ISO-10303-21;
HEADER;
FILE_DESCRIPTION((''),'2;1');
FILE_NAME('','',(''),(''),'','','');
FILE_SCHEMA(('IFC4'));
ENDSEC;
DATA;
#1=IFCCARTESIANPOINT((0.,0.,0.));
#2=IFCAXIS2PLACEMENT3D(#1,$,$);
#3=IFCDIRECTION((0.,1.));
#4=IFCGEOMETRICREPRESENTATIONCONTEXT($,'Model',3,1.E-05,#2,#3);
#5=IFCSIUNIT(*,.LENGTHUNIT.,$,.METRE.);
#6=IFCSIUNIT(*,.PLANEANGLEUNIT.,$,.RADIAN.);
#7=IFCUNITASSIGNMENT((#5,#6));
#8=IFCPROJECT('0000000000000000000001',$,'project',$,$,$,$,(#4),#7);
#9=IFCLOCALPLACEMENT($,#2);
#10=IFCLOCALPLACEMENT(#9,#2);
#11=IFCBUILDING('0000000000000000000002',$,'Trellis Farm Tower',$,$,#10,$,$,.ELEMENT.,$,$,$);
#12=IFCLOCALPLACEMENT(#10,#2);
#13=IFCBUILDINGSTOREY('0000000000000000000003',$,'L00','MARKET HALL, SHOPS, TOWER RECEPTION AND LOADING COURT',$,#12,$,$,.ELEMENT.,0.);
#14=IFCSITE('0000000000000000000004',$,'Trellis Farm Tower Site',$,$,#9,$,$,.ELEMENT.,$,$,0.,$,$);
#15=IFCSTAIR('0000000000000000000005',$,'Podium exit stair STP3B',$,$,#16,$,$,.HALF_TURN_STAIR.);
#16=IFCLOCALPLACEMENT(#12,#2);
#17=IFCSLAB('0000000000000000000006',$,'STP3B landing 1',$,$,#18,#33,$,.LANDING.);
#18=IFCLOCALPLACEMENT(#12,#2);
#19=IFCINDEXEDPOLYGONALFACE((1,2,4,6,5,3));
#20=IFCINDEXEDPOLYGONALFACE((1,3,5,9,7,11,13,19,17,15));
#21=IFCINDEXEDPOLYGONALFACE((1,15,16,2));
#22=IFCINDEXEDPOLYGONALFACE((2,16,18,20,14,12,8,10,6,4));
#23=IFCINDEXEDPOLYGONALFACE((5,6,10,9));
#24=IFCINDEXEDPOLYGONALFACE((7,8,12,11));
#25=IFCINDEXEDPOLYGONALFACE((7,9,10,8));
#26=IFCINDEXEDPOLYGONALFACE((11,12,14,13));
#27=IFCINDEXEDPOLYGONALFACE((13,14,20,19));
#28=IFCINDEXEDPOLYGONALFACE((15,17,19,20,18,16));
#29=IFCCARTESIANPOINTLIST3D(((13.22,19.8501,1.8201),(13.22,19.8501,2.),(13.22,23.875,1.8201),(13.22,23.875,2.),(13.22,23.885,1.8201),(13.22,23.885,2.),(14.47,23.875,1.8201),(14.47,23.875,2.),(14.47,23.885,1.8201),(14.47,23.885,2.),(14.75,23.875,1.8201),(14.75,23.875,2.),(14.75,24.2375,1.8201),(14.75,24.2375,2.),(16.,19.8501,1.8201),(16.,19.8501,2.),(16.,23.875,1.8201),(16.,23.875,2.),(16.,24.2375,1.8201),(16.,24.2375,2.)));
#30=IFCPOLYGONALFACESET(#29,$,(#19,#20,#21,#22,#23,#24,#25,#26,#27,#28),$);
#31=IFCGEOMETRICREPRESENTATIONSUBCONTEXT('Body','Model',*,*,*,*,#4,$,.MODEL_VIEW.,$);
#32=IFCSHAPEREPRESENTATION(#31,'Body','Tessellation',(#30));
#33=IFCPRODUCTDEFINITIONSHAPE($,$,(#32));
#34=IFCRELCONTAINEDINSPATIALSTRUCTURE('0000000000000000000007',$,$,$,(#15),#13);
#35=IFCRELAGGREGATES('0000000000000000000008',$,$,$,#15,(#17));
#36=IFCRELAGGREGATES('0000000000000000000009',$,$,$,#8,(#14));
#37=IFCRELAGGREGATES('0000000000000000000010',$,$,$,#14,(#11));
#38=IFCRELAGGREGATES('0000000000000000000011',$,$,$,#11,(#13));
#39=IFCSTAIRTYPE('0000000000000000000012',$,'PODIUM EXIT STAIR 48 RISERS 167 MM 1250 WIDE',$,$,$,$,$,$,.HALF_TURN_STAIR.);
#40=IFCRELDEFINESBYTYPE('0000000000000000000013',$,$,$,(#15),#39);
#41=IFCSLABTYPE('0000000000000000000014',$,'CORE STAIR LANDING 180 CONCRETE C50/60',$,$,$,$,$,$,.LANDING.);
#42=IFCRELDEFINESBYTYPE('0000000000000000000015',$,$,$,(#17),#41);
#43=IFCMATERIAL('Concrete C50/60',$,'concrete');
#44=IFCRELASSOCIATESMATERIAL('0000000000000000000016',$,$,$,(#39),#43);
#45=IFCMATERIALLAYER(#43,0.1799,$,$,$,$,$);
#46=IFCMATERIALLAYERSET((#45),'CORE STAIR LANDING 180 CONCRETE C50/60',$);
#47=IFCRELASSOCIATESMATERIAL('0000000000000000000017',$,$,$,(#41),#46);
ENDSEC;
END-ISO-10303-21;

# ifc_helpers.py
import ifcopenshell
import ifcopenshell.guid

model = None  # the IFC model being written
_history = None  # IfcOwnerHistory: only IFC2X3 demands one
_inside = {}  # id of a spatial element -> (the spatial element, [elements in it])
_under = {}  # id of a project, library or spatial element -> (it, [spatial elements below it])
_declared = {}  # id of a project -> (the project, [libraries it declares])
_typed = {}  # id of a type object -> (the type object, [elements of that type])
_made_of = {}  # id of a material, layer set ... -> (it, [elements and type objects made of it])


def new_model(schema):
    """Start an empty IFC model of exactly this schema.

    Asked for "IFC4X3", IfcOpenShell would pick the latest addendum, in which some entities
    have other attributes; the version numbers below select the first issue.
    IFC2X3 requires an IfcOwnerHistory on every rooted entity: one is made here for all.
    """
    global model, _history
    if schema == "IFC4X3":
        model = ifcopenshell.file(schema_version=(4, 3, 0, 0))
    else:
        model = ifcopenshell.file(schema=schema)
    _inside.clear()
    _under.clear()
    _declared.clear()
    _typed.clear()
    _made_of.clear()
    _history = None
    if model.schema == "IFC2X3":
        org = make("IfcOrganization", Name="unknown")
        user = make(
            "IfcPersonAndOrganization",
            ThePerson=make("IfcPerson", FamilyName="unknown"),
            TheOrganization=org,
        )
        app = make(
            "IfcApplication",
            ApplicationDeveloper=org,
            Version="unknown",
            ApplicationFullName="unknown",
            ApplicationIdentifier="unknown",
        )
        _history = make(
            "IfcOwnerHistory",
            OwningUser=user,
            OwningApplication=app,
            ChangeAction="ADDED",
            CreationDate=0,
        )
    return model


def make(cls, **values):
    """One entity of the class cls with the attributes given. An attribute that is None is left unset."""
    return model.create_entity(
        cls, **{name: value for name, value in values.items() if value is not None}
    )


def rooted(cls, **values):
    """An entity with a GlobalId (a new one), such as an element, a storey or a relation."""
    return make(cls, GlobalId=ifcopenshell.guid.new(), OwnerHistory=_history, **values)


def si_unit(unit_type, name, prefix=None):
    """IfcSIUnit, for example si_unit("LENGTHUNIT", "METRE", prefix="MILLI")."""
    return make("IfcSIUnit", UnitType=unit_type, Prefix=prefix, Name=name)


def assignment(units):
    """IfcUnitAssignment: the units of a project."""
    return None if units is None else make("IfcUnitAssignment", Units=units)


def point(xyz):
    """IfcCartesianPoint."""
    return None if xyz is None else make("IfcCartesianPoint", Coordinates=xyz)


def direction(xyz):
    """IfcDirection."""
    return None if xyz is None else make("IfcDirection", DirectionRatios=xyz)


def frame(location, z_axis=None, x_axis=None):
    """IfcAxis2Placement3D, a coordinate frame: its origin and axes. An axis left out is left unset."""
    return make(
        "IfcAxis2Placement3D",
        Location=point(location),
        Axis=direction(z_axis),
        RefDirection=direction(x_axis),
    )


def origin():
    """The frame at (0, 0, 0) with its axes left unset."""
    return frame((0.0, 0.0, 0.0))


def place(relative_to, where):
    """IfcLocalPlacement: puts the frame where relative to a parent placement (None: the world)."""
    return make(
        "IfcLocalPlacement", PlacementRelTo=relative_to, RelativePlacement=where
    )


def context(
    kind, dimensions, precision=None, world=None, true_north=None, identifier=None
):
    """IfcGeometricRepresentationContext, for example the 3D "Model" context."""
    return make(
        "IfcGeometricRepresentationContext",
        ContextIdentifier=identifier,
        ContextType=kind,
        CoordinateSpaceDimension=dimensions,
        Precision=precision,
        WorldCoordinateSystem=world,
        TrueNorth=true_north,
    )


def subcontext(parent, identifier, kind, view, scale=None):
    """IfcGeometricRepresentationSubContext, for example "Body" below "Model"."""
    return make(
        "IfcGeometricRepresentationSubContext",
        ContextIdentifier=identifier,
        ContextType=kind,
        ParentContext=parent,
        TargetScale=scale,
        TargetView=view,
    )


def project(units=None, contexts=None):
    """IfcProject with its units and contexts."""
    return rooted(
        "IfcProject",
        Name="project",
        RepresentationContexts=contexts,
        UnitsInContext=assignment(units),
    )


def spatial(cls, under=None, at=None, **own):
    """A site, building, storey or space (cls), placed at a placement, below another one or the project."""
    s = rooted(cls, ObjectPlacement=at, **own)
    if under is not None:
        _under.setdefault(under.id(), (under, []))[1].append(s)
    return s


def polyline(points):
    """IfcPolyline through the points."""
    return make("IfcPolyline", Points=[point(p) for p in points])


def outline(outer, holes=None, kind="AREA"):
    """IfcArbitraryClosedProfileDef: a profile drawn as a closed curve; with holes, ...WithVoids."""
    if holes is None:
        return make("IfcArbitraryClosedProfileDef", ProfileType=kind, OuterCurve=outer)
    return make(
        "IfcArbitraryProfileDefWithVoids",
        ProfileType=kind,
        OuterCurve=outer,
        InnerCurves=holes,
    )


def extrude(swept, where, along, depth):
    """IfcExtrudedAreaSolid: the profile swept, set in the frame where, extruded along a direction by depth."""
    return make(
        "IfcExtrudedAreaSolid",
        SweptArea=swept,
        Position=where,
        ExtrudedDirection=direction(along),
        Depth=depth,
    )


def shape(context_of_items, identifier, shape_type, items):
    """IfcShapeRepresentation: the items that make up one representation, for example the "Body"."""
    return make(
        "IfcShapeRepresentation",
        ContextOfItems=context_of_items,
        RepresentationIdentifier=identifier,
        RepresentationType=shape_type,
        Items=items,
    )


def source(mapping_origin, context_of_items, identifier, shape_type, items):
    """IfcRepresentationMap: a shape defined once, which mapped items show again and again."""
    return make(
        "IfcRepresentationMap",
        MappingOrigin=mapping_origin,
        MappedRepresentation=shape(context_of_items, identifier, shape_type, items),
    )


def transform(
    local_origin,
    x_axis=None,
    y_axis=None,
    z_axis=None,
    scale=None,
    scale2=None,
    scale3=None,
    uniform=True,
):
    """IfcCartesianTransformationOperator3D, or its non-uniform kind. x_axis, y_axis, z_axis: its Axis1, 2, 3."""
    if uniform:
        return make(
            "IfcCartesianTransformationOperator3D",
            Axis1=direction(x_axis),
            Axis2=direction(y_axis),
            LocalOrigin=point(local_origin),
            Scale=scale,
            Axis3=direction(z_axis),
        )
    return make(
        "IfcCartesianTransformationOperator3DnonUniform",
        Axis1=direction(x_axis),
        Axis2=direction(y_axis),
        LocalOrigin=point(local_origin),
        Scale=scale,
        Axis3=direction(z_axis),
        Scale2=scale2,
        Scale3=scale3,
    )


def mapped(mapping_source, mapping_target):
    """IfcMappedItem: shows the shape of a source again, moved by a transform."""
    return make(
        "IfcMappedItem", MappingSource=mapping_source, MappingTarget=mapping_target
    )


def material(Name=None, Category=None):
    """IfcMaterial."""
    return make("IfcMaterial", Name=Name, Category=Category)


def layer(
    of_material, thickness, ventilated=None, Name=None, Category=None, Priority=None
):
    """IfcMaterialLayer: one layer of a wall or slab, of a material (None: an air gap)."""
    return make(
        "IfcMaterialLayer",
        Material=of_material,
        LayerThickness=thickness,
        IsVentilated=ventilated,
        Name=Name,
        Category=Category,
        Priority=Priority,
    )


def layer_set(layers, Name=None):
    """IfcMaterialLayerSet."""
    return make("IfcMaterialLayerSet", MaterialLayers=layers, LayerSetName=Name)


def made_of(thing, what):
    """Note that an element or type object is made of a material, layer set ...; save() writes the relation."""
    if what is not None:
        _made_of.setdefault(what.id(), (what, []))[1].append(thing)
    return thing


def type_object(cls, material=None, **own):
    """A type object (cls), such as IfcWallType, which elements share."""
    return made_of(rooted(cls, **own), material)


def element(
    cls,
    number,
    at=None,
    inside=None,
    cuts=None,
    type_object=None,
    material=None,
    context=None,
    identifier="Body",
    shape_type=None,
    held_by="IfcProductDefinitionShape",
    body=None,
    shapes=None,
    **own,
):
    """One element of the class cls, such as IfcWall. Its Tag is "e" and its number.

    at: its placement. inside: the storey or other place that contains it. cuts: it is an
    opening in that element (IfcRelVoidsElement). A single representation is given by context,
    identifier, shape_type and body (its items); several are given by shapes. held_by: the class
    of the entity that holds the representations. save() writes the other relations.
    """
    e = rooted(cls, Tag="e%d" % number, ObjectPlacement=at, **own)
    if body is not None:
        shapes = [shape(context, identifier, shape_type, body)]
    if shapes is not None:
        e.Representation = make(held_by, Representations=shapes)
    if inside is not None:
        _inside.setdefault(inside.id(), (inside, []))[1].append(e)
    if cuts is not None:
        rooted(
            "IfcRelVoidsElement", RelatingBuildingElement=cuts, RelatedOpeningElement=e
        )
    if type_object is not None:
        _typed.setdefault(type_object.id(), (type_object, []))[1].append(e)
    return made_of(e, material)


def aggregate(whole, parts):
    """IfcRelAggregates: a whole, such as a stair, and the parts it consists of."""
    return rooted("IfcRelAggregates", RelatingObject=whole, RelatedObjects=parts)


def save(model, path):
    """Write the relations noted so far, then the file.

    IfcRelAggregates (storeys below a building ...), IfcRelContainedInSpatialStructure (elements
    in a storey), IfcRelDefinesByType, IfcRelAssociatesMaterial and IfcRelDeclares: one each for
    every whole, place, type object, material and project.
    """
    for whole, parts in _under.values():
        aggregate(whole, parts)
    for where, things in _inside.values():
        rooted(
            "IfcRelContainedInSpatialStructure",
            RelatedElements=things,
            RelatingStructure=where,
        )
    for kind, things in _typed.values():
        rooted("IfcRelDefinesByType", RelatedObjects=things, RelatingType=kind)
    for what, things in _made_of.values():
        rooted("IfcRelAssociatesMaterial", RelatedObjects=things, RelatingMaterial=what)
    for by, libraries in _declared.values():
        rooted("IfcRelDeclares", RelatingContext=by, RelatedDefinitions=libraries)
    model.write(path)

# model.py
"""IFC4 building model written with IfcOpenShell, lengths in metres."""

from ifc_helpers import new_model, si_unit, direction, frame, origin, place, context, subcontext, project, spatial, polyline, outline, extrude, source, transform, mapped, material, layer, layer_set, type_object, element, aggregate, save


model = new_model("IFC4")

# Units and contexts
model_context = context("Model", 3, precision=1e-05, world=origin(), true_north=direction((0.0, 1.0)))
body_context = subcontext(model_context, "Body", "Model", "MODEL_VIEW")
ifc_project = project(units=[si_unit("LENGTHUNIT", "METRE"), si_unit("PLANEANGLEUNIT", "RADIAN")], contexts=[model_context])

# Site, building, storey
site_placement = place(None, origin())
site = spatial("IfcSite", under=ifc_project, at=site_placement, Name="Trellis Farm Tower Site", CompositionType="ELEMENT", RefElevation=0.0)
building_placement = place(site_placement, origin())
building = spatial("IfcBuilding", under=site, at=building_placement, Name="Trellis Farm Tower", CompositionType="ELEMENT")
storey_placement = place(building_placement, origin())
storey = spatial("IfcBuildingStorey", under=building, at=storey_placement, Name="L00", Description="MARKET HALL, SHOPS, TOWER RECEPTION AND LOADING COURT", CompositionType="ELEMENT", Elevation=0.0)

# Stair
ifc_material = material(Name="Concrete C50/60", Category="concrete")
stair_type_1 = type_object("IfcStairType", Name="PODIUM EXIT STAIR 48 RISERS 167 MM 1250 WIDE", PredefinedType="HALF_TURN_STAIR", material=ifc_material)
placement_1 = place(storey_placement, origin())
ifc_layer = layer(ifc_material, 0.1799)
ifc_layer_set = layer_set([ifc_layer], Name="CORE STAIR LANDING 180 CONCRETE C50/60")
slab_type = type_object("IfcSlabType", Name="CORE STAIR LANDING 180 CONCRETE C50/60", PredefinedType="LANDING", material=ifc_layer_set)
stair_1 = element("IfcStair", 1, at=placement_1, inside=storey, type_object=stair_type_1, Name="Podium exit stair STP3B", PredefinedType="HALF_TURN_STAIR")

# Shared definitions
placement_2 = place(storey_placement, frame((0.0, 0.0, 1.8201)))

# Slab
shared_shape_1 = source(origin(), body_context, "Body", "SweptSolid", [
    extrude(outline(polyline([(16.0, 19.8501), (13.22, 19.8501), (13.22, 23.875), (13.22, 23.885), (14.47, 23.885), (14.47, 23.875), (14.75, 23.875), (14.75, 24.2375), (16.0, 24.2375), (16.0, 23.875), (16.0, 19.8501)])), origin(), (0.0, 0.0, 1.0), 0.1799),
])
slab_1 = element("IfcSlab", 2, at=placement_2, type_object=slab_type, Name="STP3B landing 1", PredefinedType="LANDING", context=body_context, shape_type="MappedRepresentation", body=[
    mapped(shared_shape_1, transform((0.0, 0.0, 0.0))),
])
aggregate(stair_1, [slab_1])

save(model, "model.ifc")
